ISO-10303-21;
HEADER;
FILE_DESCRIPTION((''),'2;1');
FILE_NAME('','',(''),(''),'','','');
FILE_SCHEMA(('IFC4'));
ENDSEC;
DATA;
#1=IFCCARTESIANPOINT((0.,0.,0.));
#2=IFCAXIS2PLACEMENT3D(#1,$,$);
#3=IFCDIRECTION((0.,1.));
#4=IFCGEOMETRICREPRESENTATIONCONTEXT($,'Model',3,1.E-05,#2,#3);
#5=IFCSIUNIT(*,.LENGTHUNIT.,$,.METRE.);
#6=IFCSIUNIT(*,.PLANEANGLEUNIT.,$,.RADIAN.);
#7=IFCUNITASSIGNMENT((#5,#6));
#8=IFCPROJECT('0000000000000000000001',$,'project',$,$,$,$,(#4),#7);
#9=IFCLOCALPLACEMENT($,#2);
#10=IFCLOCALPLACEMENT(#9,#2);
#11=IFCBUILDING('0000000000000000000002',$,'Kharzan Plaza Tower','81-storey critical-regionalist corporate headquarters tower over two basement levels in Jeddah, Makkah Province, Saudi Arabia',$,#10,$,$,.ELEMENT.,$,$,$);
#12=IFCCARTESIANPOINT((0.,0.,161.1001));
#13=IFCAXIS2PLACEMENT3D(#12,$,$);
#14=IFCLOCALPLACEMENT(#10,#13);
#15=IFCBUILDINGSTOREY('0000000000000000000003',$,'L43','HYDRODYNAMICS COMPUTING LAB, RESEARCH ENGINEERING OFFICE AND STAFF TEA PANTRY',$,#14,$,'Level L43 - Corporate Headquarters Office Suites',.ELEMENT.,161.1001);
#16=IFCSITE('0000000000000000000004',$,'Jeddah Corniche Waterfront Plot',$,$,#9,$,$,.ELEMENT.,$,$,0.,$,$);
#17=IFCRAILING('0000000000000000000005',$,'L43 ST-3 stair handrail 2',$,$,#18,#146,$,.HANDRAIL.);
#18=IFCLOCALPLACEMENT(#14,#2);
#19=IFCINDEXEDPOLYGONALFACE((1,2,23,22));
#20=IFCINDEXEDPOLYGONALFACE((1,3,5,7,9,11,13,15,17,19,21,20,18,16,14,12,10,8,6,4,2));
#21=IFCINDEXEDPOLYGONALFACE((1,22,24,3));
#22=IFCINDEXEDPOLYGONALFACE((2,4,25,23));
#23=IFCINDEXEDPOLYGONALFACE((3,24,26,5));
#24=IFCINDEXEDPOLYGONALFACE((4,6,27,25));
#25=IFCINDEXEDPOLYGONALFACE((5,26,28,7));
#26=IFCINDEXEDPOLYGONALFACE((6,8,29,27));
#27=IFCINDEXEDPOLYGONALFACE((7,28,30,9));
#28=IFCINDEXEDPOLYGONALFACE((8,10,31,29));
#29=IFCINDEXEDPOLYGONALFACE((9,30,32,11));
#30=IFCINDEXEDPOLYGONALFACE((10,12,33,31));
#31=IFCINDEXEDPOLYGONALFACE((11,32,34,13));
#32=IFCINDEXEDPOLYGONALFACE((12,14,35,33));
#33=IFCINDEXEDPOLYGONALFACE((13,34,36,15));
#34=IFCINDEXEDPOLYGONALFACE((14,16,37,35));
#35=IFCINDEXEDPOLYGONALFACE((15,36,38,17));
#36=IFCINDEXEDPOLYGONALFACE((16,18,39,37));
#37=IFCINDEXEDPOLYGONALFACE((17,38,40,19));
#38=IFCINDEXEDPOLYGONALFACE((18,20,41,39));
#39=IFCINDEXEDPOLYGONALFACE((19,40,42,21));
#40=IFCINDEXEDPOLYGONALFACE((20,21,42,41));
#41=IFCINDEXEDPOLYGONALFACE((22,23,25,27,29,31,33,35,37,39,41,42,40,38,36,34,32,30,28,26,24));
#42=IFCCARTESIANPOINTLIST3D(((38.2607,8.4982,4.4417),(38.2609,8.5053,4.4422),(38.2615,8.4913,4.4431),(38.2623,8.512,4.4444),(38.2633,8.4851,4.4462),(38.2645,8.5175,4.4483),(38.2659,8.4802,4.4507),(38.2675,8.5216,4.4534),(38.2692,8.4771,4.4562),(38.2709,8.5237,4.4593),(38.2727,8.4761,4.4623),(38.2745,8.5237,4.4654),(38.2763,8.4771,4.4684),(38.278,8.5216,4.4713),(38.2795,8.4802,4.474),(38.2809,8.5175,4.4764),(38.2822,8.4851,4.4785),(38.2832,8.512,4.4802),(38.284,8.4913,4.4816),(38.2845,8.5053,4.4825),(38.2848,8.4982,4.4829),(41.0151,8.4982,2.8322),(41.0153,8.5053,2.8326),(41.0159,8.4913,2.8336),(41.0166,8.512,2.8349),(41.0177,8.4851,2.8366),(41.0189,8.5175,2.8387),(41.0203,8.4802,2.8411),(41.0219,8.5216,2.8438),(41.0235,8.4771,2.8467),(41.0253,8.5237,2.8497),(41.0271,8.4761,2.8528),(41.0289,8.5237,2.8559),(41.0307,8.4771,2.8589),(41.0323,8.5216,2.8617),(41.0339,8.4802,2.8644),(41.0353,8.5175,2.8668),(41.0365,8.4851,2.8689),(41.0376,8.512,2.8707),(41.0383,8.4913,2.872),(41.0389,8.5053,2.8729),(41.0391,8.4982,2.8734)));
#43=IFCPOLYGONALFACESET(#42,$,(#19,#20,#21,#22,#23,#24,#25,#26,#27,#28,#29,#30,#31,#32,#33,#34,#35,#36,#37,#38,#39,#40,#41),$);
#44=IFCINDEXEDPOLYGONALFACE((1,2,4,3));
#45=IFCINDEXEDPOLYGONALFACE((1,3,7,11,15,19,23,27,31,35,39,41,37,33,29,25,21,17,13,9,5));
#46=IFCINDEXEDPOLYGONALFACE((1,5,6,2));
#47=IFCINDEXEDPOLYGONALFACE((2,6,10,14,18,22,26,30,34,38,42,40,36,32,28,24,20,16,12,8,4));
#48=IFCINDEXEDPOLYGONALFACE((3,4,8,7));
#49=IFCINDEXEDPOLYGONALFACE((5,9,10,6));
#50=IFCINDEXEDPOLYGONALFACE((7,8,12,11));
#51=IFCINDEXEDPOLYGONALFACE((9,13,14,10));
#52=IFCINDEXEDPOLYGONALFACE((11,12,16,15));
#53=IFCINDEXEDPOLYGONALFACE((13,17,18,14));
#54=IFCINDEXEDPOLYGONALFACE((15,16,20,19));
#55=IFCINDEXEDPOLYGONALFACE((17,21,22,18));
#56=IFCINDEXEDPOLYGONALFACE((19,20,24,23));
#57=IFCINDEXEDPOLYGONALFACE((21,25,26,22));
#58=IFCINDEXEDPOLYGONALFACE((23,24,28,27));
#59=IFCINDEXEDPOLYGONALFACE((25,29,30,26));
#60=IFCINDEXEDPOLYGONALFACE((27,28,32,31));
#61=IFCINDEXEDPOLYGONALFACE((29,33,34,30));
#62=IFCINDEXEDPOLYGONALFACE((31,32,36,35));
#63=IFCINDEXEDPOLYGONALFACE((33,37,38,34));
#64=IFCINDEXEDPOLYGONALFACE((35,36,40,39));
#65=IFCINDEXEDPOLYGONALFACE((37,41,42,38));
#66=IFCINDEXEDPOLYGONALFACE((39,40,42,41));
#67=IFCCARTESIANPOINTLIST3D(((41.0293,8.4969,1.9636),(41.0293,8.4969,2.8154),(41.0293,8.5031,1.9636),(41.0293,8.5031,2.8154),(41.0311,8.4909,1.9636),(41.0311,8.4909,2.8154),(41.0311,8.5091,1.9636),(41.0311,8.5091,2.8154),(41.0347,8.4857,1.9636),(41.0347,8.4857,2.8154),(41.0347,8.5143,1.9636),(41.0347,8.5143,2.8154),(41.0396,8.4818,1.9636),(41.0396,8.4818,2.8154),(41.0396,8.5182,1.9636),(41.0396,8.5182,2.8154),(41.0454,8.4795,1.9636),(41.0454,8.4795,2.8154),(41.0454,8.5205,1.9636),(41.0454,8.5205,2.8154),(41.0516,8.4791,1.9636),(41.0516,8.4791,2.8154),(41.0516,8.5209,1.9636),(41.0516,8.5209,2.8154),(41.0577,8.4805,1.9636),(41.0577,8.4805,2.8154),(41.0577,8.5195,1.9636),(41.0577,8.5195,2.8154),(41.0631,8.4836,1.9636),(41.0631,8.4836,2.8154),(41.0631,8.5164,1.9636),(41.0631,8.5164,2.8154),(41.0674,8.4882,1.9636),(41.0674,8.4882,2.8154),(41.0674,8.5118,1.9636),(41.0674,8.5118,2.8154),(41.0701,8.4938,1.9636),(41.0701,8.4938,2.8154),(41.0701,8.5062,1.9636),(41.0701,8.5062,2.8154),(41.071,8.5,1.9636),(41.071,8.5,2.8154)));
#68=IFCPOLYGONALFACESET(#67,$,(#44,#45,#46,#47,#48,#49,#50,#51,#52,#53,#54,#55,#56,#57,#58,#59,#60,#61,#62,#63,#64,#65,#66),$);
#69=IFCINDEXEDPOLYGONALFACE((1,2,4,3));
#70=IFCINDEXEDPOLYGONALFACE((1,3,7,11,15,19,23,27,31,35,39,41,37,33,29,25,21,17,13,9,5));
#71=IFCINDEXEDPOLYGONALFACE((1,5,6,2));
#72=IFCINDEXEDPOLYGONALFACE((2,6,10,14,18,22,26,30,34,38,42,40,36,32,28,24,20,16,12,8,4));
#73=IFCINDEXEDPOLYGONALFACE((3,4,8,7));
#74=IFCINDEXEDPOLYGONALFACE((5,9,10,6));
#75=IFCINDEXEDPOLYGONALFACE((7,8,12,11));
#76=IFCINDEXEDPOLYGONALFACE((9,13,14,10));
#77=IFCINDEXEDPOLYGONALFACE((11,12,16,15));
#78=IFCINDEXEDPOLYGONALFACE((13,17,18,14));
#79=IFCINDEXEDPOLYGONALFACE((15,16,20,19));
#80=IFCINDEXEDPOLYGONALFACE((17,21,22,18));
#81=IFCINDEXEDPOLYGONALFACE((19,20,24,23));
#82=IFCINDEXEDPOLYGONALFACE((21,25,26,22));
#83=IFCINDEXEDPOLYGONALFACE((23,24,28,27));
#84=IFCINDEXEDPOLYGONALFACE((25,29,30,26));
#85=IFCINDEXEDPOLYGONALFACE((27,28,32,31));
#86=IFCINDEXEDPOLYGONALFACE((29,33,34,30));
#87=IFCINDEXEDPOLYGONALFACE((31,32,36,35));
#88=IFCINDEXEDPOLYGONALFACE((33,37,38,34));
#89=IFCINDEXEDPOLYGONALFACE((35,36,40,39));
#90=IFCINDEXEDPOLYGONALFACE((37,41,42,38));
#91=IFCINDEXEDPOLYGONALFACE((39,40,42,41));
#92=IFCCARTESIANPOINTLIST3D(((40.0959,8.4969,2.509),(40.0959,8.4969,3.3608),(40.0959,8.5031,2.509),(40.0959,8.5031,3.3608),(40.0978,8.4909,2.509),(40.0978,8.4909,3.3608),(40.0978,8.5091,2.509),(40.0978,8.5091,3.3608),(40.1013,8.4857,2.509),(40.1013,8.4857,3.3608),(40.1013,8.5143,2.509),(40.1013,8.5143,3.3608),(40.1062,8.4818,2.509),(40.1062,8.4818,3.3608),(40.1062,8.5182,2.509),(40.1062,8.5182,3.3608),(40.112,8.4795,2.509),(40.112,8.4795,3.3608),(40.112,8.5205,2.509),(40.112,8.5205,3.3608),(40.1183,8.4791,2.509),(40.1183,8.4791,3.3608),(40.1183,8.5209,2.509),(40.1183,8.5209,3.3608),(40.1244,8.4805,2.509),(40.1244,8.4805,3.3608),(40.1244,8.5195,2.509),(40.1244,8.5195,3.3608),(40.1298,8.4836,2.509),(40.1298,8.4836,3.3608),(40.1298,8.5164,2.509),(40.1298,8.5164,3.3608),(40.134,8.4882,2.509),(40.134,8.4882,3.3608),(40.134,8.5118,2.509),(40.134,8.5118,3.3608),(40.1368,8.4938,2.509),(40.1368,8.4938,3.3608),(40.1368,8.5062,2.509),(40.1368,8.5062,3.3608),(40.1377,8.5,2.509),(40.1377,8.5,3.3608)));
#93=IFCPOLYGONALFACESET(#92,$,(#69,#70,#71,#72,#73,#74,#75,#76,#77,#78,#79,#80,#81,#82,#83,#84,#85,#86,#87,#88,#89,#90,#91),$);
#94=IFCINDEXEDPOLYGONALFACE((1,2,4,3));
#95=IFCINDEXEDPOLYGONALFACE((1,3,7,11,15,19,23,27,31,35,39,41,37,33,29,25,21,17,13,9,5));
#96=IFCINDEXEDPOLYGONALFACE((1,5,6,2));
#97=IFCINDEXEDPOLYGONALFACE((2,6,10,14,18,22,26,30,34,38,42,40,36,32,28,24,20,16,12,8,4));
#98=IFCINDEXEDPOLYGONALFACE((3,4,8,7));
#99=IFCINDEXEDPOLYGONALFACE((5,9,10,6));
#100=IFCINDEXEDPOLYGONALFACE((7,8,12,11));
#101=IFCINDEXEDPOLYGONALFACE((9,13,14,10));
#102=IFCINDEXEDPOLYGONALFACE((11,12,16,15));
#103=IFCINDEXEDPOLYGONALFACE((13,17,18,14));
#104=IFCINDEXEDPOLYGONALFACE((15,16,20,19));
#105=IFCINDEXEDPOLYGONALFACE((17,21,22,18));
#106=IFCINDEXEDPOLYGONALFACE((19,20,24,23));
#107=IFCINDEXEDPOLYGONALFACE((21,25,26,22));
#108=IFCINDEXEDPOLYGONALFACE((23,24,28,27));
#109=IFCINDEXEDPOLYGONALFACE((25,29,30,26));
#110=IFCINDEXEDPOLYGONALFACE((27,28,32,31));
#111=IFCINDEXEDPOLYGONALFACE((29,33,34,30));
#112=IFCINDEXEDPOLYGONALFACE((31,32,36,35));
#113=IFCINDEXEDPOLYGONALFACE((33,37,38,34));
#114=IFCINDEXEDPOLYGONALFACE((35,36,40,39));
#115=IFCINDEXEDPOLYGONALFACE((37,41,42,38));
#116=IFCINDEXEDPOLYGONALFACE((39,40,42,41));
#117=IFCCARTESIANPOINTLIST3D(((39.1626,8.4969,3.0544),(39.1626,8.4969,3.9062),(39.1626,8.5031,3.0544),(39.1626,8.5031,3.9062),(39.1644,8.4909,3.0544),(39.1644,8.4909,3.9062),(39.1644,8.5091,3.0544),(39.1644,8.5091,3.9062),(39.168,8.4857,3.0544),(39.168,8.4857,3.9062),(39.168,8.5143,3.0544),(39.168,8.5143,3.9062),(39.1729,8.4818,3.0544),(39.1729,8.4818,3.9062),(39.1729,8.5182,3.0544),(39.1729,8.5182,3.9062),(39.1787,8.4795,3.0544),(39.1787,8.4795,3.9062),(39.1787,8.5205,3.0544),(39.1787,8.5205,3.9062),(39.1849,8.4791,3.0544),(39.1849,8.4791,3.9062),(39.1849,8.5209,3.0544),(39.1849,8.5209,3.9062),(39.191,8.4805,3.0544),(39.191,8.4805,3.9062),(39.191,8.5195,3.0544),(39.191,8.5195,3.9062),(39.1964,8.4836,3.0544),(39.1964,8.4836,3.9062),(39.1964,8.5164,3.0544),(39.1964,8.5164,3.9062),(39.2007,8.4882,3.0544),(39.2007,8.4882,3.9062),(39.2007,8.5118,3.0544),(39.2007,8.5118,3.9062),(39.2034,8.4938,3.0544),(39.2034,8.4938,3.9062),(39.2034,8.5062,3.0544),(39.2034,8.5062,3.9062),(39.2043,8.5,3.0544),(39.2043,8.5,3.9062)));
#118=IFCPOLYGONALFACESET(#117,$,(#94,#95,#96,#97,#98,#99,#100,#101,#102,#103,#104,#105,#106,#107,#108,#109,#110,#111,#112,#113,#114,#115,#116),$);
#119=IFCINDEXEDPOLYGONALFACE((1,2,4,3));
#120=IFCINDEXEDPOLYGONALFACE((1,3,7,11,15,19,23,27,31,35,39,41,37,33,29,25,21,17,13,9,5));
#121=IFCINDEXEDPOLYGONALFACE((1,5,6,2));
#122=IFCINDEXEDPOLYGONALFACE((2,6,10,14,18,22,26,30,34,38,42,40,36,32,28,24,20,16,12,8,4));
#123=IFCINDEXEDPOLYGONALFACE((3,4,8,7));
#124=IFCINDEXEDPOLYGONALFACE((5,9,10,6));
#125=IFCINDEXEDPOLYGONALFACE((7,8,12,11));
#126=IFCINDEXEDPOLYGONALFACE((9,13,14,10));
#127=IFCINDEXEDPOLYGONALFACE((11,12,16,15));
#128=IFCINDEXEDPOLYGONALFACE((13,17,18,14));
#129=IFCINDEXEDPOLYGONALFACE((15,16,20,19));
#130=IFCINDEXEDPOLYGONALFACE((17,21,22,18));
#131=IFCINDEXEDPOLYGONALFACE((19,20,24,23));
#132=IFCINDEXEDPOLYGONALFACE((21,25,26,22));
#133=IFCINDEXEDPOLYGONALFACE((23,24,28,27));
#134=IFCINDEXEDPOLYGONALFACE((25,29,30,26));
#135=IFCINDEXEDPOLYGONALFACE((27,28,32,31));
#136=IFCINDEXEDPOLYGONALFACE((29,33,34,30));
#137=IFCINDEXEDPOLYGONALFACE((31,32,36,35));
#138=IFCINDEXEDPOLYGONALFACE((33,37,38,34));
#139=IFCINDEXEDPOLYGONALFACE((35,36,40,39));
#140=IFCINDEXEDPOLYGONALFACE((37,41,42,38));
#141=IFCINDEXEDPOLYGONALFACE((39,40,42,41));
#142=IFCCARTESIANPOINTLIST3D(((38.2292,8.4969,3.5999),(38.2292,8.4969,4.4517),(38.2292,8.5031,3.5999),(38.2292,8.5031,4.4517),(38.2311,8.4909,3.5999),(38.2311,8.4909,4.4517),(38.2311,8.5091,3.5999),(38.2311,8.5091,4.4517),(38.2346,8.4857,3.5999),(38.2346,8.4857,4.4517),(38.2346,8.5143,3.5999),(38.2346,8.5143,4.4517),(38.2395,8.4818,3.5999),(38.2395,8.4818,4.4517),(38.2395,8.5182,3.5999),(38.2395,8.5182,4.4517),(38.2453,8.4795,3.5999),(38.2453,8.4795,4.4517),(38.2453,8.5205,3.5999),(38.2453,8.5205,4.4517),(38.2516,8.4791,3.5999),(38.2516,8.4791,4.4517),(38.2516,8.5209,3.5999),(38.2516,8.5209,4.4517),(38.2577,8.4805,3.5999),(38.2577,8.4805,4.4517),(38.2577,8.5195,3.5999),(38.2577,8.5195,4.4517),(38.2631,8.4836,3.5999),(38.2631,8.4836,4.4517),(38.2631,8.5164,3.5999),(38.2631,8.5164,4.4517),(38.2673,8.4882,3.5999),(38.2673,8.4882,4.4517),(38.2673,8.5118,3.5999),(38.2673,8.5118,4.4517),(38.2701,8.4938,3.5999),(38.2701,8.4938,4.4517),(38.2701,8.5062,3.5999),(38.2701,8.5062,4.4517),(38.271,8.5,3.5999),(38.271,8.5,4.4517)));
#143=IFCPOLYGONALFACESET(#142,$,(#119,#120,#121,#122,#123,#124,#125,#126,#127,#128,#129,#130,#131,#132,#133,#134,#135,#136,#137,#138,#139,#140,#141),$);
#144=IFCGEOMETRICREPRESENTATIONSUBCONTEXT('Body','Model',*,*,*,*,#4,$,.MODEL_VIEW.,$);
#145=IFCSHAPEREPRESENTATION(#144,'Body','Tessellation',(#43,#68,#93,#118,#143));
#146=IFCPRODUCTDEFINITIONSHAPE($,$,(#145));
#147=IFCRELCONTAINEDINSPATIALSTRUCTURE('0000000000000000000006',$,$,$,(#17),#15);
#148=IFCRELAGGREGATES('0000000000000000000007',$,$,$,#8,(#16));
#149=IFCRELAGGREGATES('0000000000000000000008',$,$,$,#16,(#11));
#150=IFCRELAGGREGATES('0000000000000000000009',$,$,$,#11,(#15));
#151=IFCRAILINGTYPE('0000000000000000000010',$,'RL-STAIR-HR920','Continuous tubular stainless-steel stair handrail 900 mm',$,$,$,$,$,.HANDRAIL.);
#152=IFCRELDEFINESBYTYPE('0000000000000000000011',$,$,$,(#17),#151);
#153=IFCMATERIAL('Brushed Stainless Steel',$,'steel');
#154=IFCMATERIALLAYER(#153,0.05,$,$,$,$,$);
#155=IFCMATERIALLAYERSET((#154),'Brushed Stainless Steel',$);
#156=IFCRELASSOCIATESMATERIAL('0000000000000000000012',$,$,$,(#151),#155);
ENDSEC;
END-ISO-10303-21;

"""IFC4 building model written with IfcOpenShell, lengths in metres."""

from ifc_helpers import new_model, si_unit, direction, frame, origin, origin_2d, place, context, subcontext, project, spatial, circle, extrude, source, transform, mapped, material, layer, layer_set, type_object, element, save


model = new_model("IFC4")

# Units and contexts
model_context = context("Model", 3, precision=1e-05, world=origin(), true_north=direction((0.0, 1.0)))
body_context = subcontext(model_context, "Body", "Model", "MODEL_VIEW")
ifc_project = project(units=[si_unit("LENGTHUNIT", "METRE"), si_unit("PLANEANGLEUNIT", "RADIAN")], contexts=[model_context])

# Site, building, storey
site_placement = place(None, origin())
site = spatial("IfcSite", under=ifc_project, at=site_placement, Name="Jeddah Corniche Waterfront Plot", CompositionType="ELEMENT", RefElevation=0.0)
building_placement = place(site_placement, origin())
building = spatial("IfcBuilding", under=site, at=building_placement, Name="Kharzan Plaza Tower", Description="81-storey critical-regionalist corporate headquarters tower over two basement levels in Jeddah, Makkah Province, Saudi Arabia", CompositionType="ELEMENT")
storey_placement = place(building_placement, frame((0.0, 0.0, 161.1001)))
storey = spatial("IfcBuildingStorey", under=building, at=storey_placement, Name="L43", Description="HYDRODYNAMICS COMPUTING LAB, RESEARCH ENGINEERING OFFICE AND STAFF TEA PANTRY", LongName="Level L43 - Corporate Headquarters Office Suites", CompositionType="ELEMENT", Elevation=161.1001)

# Railing
ifc_material_1 = material(Name="Brushed Stainless Steel", Category="steel")
ifc_layer_1 = layer(ifc_material_1, 0.05)
ifc_layer_set_1 = layer_set([ifc_layer_1], Name="Brushed Stainless Steel")
railing_type_1 = type_object("IfcRailingType", Name="RL-STAIR-HR920", Description="Continuous tubular stainless-steel stair handrail 900 mm", PredefinedType="HANDRAIL", material=ifc_layer_set_1)
shared_shape_1 = source(origin(), body_context, "Body", "SweptSolid", [
    extrude(circle(Radius=0.0239, at=origin_2d()), frame((-0.0229, 0.0, 0.8892), z_axis=(-0.863394, 0.0, 0.504531), x_axis=(0.0, -1.0, 0.0)), (0.0, 0.0, 1.0), 3.1902),
    extrude(circle(Radius=0.021, at=origin_2d()), origin(), (0.0, 0.0, 1.0), 0.8518),
    extrude(circle(Radius=0.021, at=origin_2d()), frame((-0.9333, 0.0, 0.5454)), (0.0, 0.0, 1.0), 0.8518),
    extrude(circle(Radius=0.021, at=origin_2d()), frame((-1.8667, 0.0, 1.0908)), (0.0, 0.0, 1.0), 0.8518),
    extrude(circle(Radius=0.021, at=origin_2d()), frame((-2.8, 0.0, 1.6362)), (0.0, 0.0, 1.0), 0.8518),
])
railing_1_placement = place(storey_placement, frame((41.05, 8.5, 1.9636)))
element("IfcRailing", 1, at=railing_1_placement, inside=storey, type_object=railing_type_1, Name="L43 ST-3 stair handrail 2", PredefinedType="HANDRAIL", context=body_context, shape_type="MappedRepresentation", body=[
    mapped(shared_shape_1, transform((0.0, 0.0, 0.0), x_axis=(1.0, 0.0, 0.0), y_axis=(0.0, 1.0, 0.0), z_axis=(0.0, 0.0, 1.0))),
])

save(model, "model.ifc")
